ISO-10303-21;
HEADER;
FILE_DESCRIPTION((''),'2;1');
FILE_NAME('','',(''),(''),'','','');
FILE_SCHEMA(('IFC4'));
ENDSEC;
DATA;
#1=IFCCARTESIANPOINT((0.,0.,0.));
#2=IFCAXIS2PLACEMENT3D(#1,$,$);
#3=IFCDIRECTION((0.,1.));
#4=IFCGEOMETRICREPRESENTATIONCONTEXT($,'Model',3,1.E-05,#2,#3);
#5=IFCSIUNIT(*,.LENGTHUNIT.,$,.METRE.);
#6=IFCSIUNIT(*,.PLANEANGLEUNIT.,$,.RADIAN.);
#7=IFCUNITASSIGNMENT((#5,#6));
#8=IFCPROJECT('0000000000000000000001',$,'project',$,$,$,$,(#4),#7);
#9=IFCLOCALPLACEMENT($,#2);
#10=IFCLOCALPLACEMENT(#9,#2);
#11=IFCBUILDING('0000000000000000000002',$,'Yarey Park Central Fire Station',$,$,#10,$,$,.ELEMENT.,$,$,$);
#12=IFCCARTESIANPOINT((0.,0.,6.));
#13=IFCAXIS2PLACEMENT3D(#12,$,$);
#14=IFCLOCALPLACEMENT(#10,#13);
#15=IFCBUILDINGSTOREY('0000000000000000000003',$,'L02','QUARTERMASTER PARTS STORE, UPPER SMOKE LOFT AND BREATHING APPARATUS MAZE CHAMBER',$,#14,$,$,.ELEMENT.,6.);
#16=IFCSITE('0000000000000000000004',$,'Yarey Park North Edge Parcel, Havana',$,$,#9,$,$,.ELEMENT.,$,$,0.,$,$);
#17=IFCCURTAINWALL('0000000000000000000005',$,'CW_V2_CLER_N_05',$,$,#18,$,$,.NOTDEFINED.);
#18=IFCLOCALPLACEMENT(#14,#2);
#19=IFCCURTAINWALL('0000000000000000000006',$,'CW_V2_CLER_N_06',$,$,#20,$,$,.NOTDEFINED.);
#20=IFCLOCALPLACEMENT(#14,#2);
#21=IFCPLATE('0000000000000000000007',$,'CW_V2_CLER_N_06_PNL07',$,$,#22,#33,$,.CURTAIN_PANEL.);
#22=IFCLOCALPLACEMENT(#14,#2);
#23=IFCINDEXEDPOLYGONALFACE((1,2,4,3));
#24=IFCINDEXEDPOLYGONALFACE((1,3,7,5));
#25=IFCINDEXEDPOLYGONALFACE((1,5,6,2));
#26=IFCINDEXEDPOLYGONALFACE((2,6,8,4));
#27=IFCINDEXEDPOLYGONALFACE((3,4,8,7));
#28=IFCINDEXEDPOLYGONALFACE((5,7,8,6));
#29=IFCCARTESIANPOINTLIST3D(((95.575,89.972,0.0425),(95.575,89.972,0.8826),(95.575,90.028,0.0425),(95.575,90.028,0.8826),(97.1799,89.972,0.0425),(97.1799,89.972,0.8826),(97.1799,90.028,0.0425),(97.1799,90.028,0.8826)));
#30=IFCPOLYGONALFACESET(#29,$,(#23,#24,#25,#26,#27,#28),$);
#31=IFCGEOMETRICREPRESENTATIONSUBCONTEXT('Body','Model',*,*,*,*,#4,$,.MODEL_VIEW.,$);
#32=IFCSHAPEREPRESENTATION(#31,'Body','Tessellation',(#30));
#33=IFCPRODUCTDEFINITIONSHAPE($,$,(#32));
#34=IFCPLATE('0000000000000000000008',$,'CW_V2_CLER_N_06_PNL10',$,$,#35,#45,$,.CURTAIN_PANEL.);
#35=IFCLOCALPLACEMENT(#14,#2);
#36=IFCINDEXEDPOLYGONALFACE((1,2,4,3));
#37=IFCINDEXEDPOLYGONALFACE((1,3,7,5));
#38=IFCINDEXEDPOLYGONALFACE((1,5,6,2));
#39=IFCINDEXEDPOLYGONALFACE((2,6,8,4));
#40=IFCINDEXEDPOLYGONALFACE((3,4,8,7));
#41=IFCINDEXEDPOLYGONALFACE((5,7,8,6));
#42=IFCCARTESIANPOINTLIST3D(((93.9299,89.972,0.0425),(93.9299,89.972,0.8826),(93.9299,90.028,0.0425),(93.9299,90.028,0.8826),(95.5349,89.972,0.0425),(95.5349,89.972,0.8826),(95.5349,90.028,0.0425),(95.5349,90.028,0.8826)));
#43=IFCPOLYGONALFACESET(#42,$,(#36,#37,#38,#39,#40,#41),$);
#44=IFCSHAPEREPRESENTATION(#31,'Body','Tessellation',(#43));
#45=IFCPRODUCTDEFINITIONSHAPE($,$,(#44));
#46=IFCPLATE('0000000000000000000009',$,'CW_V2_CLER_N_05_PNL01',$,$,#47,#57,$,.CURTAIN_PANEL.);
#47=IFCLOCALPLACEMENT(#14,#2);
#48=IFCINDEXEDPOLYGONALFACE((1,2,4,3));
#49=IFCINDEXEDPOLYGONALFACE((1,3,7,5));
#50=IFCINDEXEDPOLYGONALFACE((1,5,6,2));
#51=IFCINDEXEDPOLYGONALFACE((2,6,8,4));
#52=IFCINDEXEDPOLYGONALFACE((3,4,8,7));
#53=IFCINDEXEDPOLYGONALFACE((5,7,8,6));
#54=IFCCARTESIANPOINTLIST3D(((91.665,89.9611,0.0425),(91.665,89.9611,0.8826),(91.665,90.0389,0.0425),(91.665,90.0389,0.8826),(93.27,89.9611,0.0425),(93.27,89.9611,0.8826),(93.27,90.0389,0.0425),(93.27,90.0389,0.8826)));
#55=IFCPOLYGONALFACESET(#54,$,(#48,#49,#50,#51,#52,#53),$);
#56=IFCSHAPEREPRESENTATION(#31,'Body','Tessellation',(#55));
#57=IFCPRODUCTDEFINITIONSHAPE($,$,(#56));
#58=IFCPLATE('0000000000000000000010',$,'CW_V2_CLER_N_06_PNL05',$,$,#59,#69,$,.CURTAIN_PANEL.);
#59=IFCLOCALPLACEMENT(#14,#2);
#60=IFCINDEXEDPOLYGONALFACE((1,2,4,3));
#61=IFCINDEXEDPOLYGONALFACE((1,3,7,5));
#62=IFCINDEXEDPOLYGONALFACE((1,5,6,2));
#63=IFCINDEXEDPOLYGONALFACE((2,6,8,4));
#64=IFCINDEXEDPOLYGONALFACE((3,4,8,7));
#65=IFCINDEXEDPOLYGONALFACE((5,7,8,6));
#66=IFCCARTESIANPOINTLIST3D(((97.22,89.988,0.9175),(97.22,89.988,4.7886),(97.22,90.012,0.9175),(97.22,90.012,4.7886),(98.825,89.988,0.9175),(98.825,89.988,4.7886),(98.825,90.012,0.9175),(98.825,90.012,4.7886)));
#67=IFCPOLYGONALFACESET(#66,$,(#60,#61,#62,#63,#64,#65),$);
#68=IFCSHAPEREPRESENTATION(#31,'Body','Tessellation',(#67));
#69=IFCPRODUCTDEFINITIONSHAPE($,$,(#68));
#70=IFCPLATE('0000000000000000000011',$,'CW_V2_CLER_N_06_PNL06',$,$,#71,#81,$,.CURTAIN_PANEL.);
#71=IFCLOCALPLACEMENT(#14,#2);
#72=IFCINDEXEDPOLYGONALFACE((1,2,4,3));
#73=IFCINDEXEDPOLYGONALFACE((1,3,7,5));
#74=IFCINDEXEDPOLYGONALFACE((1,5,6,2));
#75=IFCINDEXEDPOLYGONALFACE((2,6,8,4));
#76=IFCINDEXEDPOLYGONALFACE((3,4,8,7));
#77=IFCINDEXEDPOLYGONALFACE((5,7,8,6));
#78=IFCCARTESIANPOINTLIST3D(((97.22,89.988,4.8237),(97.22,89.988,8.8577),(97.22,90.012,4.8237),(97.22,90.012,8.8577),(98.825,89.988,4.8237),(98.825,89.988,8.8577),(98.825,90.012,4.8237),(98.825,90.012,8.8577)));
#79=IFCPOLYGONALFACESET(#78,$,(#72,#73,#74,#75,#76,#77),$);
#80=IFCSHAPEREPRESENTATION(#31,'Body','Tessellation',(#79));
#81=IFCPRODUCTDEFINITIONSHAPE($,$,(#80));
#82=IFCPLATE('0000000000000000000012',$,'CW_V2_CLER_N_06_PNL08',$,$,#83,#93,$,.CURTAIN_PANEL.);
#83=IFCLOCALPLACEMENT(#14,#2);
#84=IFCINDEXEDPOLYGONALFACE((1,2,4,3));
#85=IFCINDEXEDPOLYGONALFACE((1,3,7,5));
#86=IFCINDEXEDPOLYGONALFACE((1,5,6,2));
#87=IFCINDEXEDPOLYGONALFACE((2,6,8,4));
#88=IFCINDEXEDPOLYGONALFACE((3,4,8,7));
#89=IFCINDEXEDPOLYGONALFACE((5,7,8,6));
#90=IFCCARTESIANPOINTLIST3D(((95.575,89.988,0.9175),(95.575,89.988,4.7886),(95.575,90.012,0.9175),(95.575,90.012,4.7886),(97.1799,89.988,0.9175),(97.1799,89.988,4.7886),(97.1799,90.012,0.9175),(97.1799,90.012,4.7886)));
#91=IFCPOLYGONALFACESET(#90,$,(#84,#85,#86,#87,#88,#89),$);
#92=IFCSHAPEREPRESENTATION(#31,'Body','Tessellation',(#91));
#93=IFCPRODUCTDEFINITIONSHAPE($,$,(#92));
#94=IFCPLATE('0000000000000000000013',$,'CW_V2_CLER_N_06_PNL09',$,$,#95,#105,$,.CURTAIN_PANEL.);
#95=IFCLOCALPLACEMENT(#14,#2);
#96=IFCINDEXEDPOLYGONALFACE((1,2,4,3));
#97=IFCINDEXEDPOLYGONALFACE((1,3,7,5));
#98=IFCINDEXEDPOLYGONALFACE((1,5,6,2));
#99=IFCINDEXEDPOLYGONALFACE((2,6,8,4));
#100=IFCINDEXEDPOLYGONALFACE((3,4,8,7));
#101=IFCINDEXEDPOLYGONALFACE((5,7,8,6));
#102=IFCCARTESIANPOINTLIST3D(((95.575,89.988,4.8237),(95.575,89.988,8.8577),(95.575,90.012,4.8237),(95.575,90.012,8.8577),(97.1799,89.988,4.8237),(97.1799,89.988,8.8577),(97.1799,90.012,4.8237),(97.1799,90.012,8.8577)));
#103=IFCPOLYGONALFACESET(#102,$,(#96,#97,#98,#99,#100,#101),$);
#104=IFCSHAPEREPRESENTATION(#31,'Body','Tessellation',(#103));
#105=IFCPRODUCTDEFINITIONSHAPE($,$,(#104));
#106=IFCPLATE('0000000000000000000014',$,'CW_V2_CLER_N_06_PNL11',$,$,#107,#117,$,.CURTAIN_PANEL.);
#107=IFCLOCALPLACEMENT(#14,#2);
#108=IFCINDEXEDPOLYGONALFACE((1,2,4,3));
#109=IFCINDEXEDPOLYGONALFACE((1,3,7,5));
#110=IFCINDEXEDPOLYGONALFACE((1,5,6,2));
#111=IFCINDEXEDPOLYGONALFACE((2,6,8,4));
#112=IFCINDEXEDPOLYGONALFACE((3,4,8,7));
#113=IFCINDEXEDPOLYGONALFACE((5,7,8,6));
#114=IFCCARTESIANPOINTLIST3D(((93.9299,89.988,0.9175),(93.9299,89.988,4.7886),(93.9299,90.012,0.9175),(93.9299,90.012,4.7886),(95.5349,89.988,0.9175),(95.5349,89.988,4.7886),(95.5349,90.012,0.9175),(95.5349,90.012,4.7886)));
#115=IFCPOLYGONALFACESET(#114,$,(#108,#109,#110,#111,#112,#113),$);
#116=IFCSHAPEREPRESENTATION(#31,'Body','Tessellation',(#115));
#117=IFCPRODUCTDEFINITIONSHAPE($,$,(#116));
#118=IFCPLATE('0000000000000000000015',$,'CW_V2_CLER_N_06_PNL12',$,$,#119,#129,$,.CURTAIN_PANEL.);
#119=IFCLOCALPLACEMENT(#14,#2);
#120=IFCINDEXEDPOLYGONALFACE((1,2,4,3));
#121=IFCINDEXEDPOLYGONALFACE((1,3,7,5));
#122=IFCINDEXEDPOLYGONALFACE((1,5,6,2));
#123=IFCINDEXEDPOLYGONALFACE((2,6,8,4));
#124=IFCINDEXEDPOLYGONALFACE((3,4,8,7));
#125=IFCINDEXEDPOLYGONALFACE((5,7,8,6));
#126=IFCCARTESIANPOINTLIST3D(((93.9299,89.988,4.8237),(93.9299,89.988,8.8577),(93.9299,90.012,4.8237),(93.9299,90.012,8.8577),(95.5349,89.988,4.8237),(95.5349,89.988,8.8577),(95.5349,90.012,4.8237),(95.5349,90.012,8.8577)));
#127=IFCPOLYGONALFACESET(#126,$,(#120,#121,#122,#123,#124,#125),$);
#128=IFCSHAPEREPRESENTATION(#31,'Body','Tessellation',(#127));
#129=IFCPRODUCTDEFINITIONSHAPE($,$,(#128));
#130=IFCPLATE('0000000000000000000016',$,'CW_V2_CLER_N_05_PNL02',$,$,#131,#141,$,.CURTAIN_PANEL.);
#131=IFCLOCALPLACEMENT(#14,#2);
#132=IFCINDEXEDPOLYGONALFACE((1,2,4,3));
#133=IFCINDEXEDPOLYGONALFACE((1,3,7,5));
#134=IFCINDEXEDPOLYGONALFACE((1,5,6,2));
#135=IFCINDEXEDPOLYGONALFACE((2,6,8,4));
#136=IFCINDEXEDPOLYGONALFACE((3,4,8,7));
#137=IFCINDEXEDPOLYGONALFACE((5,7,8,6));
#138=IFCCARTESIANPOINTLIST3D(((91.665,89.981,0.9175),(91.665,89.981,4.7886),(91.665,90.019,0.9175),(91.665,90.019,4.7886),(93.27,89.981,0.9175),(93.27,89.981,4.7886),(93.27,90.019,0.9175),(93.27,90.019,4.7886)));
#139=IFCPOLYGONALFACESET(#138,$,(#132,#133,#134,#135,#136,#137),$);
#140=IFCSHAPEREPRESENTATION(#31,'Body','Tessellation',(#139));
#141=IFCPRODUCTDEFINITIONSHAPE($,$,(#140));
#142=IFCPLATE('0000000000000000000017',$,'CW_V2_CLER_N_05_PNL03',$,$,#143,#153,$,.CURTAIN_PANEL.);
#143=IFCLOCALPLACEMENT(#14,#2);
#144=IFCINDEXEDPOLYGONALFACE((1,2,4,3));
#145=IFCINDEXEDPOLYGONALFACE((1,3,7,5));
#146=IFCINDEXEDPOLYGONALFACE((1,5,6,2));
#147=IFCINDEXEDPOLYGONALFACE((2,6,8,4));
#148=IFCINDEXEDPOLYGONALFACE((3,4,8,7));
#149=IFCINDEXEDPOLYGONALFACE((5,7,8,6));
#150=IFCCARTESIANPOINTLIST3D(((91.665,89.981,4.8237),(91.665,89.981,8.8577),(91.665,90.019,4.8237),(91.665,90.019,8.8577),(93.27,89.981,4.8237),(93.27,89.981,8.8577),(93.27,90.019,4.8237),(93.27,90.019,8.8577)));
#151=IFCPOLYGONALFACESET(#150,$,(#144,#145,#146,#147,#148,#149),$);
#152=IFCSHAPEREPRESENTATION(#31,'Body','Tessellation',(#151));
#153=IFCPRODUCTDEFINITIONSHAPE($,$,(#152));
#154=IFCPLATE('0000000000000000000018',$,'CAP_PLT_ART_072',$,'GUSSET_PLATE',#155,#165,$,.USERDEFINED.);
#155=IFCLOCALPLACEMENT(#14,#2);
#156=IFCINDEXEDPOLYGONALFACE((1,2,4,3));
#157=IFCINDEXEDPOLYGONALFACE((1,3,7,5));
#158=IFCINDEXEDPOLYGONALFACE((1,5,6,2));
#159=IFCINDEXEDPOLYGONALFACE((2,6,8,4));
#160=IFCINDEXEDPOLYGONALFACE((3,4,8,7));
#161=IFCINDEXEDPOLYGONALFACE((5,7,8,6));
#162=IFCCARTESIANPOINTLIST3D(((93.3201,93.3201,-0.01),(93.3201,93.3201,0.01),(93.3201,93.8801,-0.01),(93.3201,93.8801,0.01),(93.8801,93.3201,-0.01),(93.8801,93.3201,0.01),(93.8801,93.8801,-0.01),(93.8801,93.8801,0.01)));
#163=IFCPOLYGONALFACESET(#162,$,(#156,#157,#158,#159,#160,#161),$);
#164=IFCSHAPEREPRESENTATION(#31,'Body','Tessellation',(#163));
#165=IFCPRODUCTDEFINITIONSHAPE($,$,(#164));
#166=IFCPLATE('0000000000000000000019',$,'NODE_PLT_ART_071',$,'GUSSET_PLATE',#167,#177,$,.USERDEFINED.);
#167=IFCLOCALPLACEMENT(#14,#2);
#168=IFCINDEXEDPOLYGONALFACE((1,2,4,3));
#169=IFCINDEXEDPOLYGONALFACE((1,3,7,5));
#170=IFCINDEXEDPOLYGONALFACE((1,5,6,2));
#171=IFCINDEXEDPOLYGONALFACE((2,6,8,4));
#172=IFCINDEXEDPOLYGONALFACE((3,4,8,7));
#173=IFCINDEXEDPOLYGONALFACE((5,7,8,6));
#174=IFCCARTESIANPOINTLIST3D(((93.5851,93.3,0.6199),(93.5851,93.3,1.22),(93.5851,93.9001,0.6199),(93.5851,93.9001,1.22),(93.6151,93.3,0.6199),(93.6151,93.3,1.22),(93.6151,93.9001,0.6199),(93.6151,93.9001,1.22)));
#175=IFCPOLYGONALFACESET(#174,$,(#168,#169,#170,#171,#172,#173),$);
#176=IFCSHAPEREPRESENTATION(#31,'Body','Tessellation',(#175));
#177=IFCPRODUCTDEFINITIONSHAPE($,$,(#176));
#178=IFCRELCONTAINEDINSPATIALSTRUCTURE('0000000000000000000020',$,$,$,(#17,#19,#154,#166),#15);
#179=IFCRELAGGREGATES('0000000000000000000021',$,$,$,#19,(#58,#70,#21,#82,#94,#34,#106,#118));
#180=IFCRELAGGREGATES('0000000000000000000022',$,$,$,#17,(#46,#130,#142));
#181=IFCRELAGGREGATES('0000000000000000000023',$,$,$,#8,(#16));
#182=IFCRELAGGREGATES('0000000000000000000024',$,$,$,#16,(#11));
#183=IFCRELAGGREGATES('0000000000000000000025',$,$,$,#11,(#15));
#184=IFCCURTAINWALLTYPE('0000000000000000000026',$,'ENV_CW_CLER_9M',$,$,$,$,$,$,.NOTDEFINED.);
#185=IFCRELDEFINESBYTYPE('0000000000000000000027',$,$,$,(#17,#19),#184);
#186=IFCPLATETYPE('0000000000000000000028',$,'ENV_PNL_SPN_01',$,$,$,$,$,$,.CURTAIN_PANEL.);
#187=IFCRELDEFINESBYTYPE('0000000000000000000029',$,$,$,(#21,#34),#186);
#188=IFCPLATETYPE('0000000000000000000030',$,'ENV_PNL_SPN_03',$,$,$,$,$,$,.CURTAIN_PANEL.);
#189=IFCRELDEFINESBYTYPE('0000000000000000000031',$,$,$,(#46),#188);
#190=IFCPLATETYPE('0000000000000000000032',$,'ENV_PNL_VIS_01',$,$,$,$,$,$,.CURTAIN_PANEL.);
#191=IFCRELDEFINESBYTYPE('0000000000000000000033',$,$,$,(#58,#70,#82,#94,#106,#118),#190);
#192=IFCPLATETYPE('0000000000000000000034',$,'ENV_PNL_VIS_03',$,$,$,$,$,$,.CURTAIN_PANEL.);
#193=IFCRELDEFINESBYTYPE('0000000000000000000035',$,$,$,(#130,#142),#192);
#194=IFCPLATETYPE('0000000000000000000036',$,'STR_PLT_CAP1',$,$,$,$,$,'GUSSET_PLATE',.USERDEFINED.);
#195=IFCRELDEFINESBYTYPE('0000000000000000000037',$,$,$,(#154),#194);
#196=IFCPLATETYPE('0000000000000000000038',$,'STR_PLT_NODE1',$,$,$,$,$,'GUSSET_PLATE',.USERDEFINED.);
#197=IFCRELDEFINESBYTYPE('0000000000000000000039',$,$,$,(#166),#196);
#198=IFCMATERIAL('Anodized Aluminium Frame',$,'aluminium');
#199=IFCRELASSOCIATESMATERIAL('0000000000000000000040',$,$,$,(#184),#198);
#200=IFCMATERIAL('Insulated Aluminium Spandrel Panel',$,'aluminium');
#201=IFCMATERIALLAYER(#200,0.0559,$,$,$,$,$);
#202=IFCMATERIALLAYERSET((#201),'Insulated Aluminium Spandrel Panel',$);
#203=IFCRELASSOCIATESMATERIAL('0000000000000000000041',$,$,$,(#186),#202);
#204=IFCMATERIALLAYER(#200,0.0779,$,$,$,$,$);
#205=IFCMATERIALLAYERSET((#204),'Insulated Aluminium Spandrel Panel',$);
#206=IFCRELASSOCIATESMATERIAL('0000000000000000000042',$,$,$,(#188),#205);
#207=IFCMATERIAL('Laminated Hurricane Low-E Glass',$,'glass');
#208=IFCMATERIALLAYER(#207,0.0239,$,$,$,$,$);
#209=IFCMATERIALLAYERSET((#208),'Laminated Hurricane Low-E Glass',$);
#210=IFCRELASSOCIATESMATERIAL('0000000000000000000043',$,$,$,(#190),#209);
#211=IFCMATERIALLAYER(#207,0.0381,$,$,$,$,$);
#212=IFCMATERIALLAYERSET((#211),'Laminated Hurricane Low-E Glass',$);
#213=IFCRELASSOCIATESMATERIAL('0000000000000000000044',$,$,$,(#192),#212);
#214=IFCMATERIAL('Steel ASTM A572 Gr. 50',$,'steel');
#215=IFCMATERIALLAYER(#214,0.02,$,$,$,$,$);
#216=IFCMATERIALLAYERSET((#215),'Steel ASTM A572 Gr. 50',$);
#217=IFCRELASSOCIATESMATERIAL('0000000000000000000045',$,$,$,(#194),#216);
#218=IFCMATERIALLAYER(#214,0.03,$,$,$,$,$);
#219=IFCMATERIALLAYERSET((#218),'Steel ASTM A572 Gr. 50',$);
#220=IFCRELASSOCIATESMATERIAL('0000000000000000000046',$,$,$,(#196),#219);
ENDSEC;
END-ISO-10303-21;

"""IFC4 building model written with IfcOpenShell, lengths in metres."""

from ifc_helpers import new_model, si_unit, direction, frame, origin, origin_2d, place, context, subcontext, project, spatial, rectangle, extrude, material, layer, layer_set, type_object, element, aggregate, save


model = new_model("IFC4")

# Units and contexts
model_context = context("Model", 3, precision=1e-05, world=origin(), true_north=direction((0.0, 1.0)))
body_context = subcontext(model_context, "Body", "Model", "MODEL_VIEW")
ifc_project = project(units=[si_unit("LENGTHUNIT", "METRE"), si_unit("PLANEANGLEUNIT", "RADIAN")], contexts=[model_context])

# Site, building, storey
site_placement = place(None, origin())
site = spatial("IfcSite", under=ifc_project, at=site_placement, Name="Yarey Park North Edge Parcel, Havana", CompositionType="ELEMENT", RefElevation=0.0)
building_placement = place(site_placement, origin())
building = spatial("IfcBuilding", under=site, at=building_placement, Name="Yarey Park Central Fire Station", CompositionType="ELEMENT")
storey_placement = place(building_placement, frame((0.0, 0.0, 6.0)))
storey = spatial("IfcBuildingStorey", under=building, at=storey_placement, Name="L02", Description="QUARTERMASTER PARTS STORE, UPPER SMOKE LOFT AND BREATHING APPARATUS MAZE CHAMBER", CompositionType="ELEMENT", Elevation=6.0)

# Curtain walls
ifc_material_1 = material(Name="Anodized Aluminium Frame", Category="aluminium")
curtain_wall_type = type_object("IfcCurtainWallType", Name="ENV_CW_CLER_9M", PredefinedType="NOTDEFINED", material=ifc_material_1)
curtain_wall_1_placement = place(storey_placement, origin())
curtain_wall_1 = element("IfcCurtainWall", 1, at=curtain_wall_1_placement, inside=storey, type_object=curtain_wall_type, Name="CW_V2_CLER_N_05", PredefinedType="NOTDEFINED")
curtain_wall_2_placement = place(storey_placement, origin())
curtain_wall_2 = element("IfcCurtainWall", 2, at=curtain_wall_2_placement, inside=storey, type_object=curtain_wall_type, Name="CW_V2_CLER_N_06", PredefinedType="NOTDEFINED")

# Plates
ifc_material_2 = material(Name="Insulated Aluminium Spandrel Panel", Category="aluminium")
ifc_layer_1 = layer(ifc_material_2, 0.0559)
ifc_layer_set_1 = layer_set([ifc_layer_1], Name="Insulated Aluminium Spandrel Panel")
plate_type_1 = type_object("IfcPlateType", Name="ENV_PNL_SPN_01", PredefinedType="CURTAIN_PANEL", material=ifc_layer_set_1)
plate_1_placement = place(storey_placement, frame((96.3774, 90.0, 0.0425), z_axis=(0.0, 0.0, 1.0), x_axis=(-1.0, 0.0, 0.0)))
plate_1 = element("IfcPlate", 3, at=plate_1_placement, type_object=plate_type_1, Name="CW_V2_CLER_N_06_PNL07", PredefinedType="CURTAIN_PANEL", context=body_context, shape_type="SweptSolid", body=[
    extrude(rectangle(XDim=1.605, YDim=0.0559, at=origin_2d()), origin(), (0.0, 0.0, 1.0), 0.8401),
])
plate_2_placement = place(storey_placement, frame((94.7324, 90.0, 0.0425), z_axis=(0.0, 0.0, 1.0), x_axis=(-1.0, 0.0, 0.0)))
plate_2 = element("IfcPlate", 4, at=plate_2_placement, type_object=plate_type_1, Name="CW_V2_CLER_N_06_PNL10", PredefinedType="CURTAIN_PANEL", context=body_context, shape_type="SweptSolid", body=[
    extrude(rectangle(XDim=1.605, YDim=0.0559, at=origin_2d()), origin(), (0.0, 0.0, 1.0), 0.8401),
])
ifc_layer_2 = layer(ifc_material_2, 0.0779)
ifc_layer_set_2 = layer_set([ifc_layer_2], Name="Insulated Aluminium Spandrel Panel")
plate_type_2 = type_object("IfcPlateType", Name="ENV_PNL_SPN_03", PredefinedType="CURTAIN_PANEL", material=ifc_layer_set_2)
plate_3_placement = place(storey_placement, frame((92.4675, 90.0, 0.0425), z_axis=(0.0, 0.0, 1.0), x_axis=(-1.0, 0.0, 0.0)))
plate_3 = element("IfcPlate", 5, at=plate_3_placement, type_object=plate_type_2, Name="CW_V2_CLER_N_05_PNL01", PredefinedType="CURTAIN_PANEL", context=body_context, shape_type="SweptSolid", body=[
    extrude(rectangle(XDim=1.605, YDim=0.0779, at=origin_2d()), origin(), (0.0, 0.0, 1.0), 0.8401),
])
ifc_material_3 = material(Name="Laminated Hurricane Low-E Glass", Category="glass")
ifc_layer_3 = layer(ifc_material_3, 0.0239)
ifc_layer_set_3 = layer_set([ifc_layer_3], Name="Laminated Hurricane Low-E Glass")
plate_type_3 = type_object("IfcPlateType", Name="ENV_PNL_VIS_01", PredefinedType="CURTAIN_PANEL", material=ifc_layer_set_3)
plate_4_placement = place(storey_placement, frame((98.0225, 90.0, 0.9175), z_axis=(0.0, 0.0, 1.0), x_axis=(-1.0, 0.0, 0.0)))
plate_4 = element("IfcPlate", 6, at=plate_4_placement, type_object=plate_type_3, Name="CW_V2_CLER_N_06_PNL05", PredefinedType="CURTAIN_PANEL", context=body_context, shape_type="SweptSolid", body=[
    extrude(rectangle(XDim=1.605, YDim=0.0239, at=origin_2d()), origin(), (0.0, 0.0, 1.0), 3.8711),
])
plate_5_placement = place(storey_placement, frame((98.0225, 90.0, 4.8237), z_axis=(0.0, 0.0, 1.0), x_axis=(-1.0, 0.0, 0.0)))
plate_5 = element("IfcPlate", 7, at=plate_5_placement, type_object=plate_type_3, Name="CW_V2_CLER_N_06_PNL06", PredefinedType="CURTAIN_PANEL", context=body_context, shape_type="SweptSolid", body=[
    extrude(rectangle(XDim=1.605, YDim=0.0239, at=origin_2d()), origin(), (0.0, 0.0, 1.0), 4.0339),
])
plate_6_placement = place(storey_placement, frame((96.3774, 90.0, 0.9175), z_axis=(0.0, 0.0, 1.0), x_axis=(-1.0, 0.0, 0.0)))
plate_6 = element("IfcPlate", 8, at=plate_6_placement, type_object=plate_type_3, Name="CW_V2_CLER_N_06_PNL08", PredefinedType="CURTAIN_PANEL", context=body_context, shape_type="SweptSolid", body=[
    extrude(rectangle(XDim=1.605, YDim=0.0239, at=origin_2d()), origin(), (0.0, 0.0, 1.0), 3.8711),
])
plate_7_placement = place(storey_placement, frame((96.3774, 90.0, 4.8237), z_axis=(0.0, 0.0, 1.0), x_axis=(-1.0, 0.0, 0.0)))
plate_7 = element("IfcPlate", 9, at=plate_7_placement, type_object=plate_type_3, Name="CW_V2_CLER_N_06_PNL09", PredefinedType="CURTAIN_PANEL", context=body_context, shape_type="SweptSolid", body=[
    extrude(rectangle(XDim=1.605, YDim=0.0239, at=origin_2d()), origin(), (0.0, 0.0, 1.0), 4.0339),
])
plate_8_placement = place(storey_placement, frame((94.7324, 90.0, 0.9175), z_axis=(0.0, 0.0, 1.0), x_axis=(-1.0, 0.0, 0.0)))
plate_8 = element("IfcPlate", 10, at=plate_8_placement, type_object=plate_type_3, Name="CW_V2_CLER_N_06_PNL11", PredefinedType="CURTAIN_PANEL", context=body_context, shape_type="SweptSolid", body=[
    extrude(rectangle(XDim=1.605, YDim=0.0239, at=origin_2d()), origin(), (0.0, 0.0, 1.0), 3.8711),
])
plate_9_placement = place(storey_placement, frame((94.7324, 90.0, 4.8237), z_axis=(0.0, 0.0, 1.0), x_axis=(-1.0, 0.0, 0.0)))
plate_9 = element("IfcPlate", 11, at=plate_9_placement, type_object=plate_type_3, Name="CW_V2_CLER_N_06_PNL12", PredefinedType="CURTAIN_PANEL", context=body_context, shape_type="SweptSolid", body=[
    extrude(rectangle(XDim=1.605, YDim=0.0239, at=origin_2d()), origin(), (0.0, 0.0, 1.0), 4.0339),
])
aggregate(curtain_wall_2, [plate_4, plate_5, plate_1, plate_6, plate_7, plate_2, plate_8, plate_9])
ifc_layer_4 = layer(ifc_material_3, 0.0381)
ifc_layer_set_4 = layer_set([ifc_layer_4], Name="Laminated Hurricane Low-E Glass")
plate_type_4 = type_object("IfcPlateType", Name="ENV_PNL_VIS_03", PredefinedType="CURTAIN_PANEL", material=ifc_layer_set_4)
plate_10_placement = place(storey_placement, frame((92.4675, 90.0, 0.9175), z_axis=(0.0, 0.0, 1.0), x_axis=(-1.0, 0.0, 0.0)))
plate_10 = element("IfcPlate", 12, at=plate_10_placement, type_object=plate_type_4, Name="CW_V2_CLER_N_05_PNL02", PredefinedType="CURTAIN_PANEL", context=body_context, shape_type="SweptSolid", body=[
    extrude(rectangle(XDim=1.605, YDim=0.0381, at=origin_2d()), origin(), (0.0, 0.0, 1.0), 3.8711),
])
plate_11_placement = place(storey_placement, frame((92.4675, 90.0, 4.8237), z_axis=(0.0, 0.0, 1.0), x_axis=(-1.0, 0.0, 0.0)))
plate_11 = element("IfcPlate", 13, at=plate_11_placement, type_object=plate_type_4, Name="CW_V2_CLER_N_05_PNL03", PredefinedType="CURTAIN_PANEL", context=body_context, shape_type="SweptSolid", body=[
    extrude(rectangle(XDim=1.605, YDim=0.0381, at=origin_2d()), origin(), (0.0, 0.0, 1.0), 4.0339),
])
aggregate(curtain_wall_1, [plate_3, plate_10, plate_11])

# Plates
ifc_material_4 = material(Name="Steel ASTM A572 Gr. 50", Category="steel")
ifc_layer_5 = layer(ifc_material_4, 0.02)
ifc_layer_set_5 = layer_set([ifc_layer_5], Name="Steel ASTM A572 Gr. 50")
plate_type_5 = type_object("IfcPlateType", Name="STR_PLT_CAP1", ElementType="GUSSET_PLATE", PredefinedType="USERDEFINED", material=ifc_layer_set_5)
plate_12_placement = place(storey_placement, frame((93.6001, 93.6001, -0.01), z_axis=(0.0, 0.0, 1.0), x_axis=(1.0, 0.0, 0.0)))
element("IfcPlate", 14, at=plate_12_placement, inside=storey, type_object=plate_type_5, Name="CAP_PLT_ART_072", ObjectType="GUSSET_PLATE", PredefinedType="USERDEFINED", context=body_context, shape_type="SweptSolid", body=[
    extrude(rectangle(XDim=0.5601, YDim=0.5601, at=origin_2d()), origin(), (0.0, 0.0, 1.0), 0.02),
])
ifc_layer_6 = layer(ifc_material_4, 0.03)
ifc_layer_set_6 = layer_set([ifc_layer_6], Name="Steel ASTM A572 Gr. 50")
plate_type_6 = type_object("IfcPlateType", Name="STR_PLT_NODE1", ElementType="GUSSET_PLATE", PredefinedType="USERDEFINED", material=ifc_layer_set_6)
plate_13_placement = place(storey_placement, frame((93.6001, 93.6001, 0.6199), z_axis=(0.0, 0.0, 1.0), x_axis=(1.0, 0.0, 0.0)))
element("IfcPlate", 15, at=plate_13_placement, inside=storey, type_object=plate_type_6, Name="NODE_PLT_ART_071", ObjectType="GUSSET_PLATE", PredefinedType="USERDEFINED", context=body_context, shape_type="SweptSolid", body=[
    extrude(rectangle(XDim=0.03, YDim=0.6001, at=origin_2d()), origin(), (0.0, 0.0, 1.0), 0.6001),
])

save(model, "model.ifc")
